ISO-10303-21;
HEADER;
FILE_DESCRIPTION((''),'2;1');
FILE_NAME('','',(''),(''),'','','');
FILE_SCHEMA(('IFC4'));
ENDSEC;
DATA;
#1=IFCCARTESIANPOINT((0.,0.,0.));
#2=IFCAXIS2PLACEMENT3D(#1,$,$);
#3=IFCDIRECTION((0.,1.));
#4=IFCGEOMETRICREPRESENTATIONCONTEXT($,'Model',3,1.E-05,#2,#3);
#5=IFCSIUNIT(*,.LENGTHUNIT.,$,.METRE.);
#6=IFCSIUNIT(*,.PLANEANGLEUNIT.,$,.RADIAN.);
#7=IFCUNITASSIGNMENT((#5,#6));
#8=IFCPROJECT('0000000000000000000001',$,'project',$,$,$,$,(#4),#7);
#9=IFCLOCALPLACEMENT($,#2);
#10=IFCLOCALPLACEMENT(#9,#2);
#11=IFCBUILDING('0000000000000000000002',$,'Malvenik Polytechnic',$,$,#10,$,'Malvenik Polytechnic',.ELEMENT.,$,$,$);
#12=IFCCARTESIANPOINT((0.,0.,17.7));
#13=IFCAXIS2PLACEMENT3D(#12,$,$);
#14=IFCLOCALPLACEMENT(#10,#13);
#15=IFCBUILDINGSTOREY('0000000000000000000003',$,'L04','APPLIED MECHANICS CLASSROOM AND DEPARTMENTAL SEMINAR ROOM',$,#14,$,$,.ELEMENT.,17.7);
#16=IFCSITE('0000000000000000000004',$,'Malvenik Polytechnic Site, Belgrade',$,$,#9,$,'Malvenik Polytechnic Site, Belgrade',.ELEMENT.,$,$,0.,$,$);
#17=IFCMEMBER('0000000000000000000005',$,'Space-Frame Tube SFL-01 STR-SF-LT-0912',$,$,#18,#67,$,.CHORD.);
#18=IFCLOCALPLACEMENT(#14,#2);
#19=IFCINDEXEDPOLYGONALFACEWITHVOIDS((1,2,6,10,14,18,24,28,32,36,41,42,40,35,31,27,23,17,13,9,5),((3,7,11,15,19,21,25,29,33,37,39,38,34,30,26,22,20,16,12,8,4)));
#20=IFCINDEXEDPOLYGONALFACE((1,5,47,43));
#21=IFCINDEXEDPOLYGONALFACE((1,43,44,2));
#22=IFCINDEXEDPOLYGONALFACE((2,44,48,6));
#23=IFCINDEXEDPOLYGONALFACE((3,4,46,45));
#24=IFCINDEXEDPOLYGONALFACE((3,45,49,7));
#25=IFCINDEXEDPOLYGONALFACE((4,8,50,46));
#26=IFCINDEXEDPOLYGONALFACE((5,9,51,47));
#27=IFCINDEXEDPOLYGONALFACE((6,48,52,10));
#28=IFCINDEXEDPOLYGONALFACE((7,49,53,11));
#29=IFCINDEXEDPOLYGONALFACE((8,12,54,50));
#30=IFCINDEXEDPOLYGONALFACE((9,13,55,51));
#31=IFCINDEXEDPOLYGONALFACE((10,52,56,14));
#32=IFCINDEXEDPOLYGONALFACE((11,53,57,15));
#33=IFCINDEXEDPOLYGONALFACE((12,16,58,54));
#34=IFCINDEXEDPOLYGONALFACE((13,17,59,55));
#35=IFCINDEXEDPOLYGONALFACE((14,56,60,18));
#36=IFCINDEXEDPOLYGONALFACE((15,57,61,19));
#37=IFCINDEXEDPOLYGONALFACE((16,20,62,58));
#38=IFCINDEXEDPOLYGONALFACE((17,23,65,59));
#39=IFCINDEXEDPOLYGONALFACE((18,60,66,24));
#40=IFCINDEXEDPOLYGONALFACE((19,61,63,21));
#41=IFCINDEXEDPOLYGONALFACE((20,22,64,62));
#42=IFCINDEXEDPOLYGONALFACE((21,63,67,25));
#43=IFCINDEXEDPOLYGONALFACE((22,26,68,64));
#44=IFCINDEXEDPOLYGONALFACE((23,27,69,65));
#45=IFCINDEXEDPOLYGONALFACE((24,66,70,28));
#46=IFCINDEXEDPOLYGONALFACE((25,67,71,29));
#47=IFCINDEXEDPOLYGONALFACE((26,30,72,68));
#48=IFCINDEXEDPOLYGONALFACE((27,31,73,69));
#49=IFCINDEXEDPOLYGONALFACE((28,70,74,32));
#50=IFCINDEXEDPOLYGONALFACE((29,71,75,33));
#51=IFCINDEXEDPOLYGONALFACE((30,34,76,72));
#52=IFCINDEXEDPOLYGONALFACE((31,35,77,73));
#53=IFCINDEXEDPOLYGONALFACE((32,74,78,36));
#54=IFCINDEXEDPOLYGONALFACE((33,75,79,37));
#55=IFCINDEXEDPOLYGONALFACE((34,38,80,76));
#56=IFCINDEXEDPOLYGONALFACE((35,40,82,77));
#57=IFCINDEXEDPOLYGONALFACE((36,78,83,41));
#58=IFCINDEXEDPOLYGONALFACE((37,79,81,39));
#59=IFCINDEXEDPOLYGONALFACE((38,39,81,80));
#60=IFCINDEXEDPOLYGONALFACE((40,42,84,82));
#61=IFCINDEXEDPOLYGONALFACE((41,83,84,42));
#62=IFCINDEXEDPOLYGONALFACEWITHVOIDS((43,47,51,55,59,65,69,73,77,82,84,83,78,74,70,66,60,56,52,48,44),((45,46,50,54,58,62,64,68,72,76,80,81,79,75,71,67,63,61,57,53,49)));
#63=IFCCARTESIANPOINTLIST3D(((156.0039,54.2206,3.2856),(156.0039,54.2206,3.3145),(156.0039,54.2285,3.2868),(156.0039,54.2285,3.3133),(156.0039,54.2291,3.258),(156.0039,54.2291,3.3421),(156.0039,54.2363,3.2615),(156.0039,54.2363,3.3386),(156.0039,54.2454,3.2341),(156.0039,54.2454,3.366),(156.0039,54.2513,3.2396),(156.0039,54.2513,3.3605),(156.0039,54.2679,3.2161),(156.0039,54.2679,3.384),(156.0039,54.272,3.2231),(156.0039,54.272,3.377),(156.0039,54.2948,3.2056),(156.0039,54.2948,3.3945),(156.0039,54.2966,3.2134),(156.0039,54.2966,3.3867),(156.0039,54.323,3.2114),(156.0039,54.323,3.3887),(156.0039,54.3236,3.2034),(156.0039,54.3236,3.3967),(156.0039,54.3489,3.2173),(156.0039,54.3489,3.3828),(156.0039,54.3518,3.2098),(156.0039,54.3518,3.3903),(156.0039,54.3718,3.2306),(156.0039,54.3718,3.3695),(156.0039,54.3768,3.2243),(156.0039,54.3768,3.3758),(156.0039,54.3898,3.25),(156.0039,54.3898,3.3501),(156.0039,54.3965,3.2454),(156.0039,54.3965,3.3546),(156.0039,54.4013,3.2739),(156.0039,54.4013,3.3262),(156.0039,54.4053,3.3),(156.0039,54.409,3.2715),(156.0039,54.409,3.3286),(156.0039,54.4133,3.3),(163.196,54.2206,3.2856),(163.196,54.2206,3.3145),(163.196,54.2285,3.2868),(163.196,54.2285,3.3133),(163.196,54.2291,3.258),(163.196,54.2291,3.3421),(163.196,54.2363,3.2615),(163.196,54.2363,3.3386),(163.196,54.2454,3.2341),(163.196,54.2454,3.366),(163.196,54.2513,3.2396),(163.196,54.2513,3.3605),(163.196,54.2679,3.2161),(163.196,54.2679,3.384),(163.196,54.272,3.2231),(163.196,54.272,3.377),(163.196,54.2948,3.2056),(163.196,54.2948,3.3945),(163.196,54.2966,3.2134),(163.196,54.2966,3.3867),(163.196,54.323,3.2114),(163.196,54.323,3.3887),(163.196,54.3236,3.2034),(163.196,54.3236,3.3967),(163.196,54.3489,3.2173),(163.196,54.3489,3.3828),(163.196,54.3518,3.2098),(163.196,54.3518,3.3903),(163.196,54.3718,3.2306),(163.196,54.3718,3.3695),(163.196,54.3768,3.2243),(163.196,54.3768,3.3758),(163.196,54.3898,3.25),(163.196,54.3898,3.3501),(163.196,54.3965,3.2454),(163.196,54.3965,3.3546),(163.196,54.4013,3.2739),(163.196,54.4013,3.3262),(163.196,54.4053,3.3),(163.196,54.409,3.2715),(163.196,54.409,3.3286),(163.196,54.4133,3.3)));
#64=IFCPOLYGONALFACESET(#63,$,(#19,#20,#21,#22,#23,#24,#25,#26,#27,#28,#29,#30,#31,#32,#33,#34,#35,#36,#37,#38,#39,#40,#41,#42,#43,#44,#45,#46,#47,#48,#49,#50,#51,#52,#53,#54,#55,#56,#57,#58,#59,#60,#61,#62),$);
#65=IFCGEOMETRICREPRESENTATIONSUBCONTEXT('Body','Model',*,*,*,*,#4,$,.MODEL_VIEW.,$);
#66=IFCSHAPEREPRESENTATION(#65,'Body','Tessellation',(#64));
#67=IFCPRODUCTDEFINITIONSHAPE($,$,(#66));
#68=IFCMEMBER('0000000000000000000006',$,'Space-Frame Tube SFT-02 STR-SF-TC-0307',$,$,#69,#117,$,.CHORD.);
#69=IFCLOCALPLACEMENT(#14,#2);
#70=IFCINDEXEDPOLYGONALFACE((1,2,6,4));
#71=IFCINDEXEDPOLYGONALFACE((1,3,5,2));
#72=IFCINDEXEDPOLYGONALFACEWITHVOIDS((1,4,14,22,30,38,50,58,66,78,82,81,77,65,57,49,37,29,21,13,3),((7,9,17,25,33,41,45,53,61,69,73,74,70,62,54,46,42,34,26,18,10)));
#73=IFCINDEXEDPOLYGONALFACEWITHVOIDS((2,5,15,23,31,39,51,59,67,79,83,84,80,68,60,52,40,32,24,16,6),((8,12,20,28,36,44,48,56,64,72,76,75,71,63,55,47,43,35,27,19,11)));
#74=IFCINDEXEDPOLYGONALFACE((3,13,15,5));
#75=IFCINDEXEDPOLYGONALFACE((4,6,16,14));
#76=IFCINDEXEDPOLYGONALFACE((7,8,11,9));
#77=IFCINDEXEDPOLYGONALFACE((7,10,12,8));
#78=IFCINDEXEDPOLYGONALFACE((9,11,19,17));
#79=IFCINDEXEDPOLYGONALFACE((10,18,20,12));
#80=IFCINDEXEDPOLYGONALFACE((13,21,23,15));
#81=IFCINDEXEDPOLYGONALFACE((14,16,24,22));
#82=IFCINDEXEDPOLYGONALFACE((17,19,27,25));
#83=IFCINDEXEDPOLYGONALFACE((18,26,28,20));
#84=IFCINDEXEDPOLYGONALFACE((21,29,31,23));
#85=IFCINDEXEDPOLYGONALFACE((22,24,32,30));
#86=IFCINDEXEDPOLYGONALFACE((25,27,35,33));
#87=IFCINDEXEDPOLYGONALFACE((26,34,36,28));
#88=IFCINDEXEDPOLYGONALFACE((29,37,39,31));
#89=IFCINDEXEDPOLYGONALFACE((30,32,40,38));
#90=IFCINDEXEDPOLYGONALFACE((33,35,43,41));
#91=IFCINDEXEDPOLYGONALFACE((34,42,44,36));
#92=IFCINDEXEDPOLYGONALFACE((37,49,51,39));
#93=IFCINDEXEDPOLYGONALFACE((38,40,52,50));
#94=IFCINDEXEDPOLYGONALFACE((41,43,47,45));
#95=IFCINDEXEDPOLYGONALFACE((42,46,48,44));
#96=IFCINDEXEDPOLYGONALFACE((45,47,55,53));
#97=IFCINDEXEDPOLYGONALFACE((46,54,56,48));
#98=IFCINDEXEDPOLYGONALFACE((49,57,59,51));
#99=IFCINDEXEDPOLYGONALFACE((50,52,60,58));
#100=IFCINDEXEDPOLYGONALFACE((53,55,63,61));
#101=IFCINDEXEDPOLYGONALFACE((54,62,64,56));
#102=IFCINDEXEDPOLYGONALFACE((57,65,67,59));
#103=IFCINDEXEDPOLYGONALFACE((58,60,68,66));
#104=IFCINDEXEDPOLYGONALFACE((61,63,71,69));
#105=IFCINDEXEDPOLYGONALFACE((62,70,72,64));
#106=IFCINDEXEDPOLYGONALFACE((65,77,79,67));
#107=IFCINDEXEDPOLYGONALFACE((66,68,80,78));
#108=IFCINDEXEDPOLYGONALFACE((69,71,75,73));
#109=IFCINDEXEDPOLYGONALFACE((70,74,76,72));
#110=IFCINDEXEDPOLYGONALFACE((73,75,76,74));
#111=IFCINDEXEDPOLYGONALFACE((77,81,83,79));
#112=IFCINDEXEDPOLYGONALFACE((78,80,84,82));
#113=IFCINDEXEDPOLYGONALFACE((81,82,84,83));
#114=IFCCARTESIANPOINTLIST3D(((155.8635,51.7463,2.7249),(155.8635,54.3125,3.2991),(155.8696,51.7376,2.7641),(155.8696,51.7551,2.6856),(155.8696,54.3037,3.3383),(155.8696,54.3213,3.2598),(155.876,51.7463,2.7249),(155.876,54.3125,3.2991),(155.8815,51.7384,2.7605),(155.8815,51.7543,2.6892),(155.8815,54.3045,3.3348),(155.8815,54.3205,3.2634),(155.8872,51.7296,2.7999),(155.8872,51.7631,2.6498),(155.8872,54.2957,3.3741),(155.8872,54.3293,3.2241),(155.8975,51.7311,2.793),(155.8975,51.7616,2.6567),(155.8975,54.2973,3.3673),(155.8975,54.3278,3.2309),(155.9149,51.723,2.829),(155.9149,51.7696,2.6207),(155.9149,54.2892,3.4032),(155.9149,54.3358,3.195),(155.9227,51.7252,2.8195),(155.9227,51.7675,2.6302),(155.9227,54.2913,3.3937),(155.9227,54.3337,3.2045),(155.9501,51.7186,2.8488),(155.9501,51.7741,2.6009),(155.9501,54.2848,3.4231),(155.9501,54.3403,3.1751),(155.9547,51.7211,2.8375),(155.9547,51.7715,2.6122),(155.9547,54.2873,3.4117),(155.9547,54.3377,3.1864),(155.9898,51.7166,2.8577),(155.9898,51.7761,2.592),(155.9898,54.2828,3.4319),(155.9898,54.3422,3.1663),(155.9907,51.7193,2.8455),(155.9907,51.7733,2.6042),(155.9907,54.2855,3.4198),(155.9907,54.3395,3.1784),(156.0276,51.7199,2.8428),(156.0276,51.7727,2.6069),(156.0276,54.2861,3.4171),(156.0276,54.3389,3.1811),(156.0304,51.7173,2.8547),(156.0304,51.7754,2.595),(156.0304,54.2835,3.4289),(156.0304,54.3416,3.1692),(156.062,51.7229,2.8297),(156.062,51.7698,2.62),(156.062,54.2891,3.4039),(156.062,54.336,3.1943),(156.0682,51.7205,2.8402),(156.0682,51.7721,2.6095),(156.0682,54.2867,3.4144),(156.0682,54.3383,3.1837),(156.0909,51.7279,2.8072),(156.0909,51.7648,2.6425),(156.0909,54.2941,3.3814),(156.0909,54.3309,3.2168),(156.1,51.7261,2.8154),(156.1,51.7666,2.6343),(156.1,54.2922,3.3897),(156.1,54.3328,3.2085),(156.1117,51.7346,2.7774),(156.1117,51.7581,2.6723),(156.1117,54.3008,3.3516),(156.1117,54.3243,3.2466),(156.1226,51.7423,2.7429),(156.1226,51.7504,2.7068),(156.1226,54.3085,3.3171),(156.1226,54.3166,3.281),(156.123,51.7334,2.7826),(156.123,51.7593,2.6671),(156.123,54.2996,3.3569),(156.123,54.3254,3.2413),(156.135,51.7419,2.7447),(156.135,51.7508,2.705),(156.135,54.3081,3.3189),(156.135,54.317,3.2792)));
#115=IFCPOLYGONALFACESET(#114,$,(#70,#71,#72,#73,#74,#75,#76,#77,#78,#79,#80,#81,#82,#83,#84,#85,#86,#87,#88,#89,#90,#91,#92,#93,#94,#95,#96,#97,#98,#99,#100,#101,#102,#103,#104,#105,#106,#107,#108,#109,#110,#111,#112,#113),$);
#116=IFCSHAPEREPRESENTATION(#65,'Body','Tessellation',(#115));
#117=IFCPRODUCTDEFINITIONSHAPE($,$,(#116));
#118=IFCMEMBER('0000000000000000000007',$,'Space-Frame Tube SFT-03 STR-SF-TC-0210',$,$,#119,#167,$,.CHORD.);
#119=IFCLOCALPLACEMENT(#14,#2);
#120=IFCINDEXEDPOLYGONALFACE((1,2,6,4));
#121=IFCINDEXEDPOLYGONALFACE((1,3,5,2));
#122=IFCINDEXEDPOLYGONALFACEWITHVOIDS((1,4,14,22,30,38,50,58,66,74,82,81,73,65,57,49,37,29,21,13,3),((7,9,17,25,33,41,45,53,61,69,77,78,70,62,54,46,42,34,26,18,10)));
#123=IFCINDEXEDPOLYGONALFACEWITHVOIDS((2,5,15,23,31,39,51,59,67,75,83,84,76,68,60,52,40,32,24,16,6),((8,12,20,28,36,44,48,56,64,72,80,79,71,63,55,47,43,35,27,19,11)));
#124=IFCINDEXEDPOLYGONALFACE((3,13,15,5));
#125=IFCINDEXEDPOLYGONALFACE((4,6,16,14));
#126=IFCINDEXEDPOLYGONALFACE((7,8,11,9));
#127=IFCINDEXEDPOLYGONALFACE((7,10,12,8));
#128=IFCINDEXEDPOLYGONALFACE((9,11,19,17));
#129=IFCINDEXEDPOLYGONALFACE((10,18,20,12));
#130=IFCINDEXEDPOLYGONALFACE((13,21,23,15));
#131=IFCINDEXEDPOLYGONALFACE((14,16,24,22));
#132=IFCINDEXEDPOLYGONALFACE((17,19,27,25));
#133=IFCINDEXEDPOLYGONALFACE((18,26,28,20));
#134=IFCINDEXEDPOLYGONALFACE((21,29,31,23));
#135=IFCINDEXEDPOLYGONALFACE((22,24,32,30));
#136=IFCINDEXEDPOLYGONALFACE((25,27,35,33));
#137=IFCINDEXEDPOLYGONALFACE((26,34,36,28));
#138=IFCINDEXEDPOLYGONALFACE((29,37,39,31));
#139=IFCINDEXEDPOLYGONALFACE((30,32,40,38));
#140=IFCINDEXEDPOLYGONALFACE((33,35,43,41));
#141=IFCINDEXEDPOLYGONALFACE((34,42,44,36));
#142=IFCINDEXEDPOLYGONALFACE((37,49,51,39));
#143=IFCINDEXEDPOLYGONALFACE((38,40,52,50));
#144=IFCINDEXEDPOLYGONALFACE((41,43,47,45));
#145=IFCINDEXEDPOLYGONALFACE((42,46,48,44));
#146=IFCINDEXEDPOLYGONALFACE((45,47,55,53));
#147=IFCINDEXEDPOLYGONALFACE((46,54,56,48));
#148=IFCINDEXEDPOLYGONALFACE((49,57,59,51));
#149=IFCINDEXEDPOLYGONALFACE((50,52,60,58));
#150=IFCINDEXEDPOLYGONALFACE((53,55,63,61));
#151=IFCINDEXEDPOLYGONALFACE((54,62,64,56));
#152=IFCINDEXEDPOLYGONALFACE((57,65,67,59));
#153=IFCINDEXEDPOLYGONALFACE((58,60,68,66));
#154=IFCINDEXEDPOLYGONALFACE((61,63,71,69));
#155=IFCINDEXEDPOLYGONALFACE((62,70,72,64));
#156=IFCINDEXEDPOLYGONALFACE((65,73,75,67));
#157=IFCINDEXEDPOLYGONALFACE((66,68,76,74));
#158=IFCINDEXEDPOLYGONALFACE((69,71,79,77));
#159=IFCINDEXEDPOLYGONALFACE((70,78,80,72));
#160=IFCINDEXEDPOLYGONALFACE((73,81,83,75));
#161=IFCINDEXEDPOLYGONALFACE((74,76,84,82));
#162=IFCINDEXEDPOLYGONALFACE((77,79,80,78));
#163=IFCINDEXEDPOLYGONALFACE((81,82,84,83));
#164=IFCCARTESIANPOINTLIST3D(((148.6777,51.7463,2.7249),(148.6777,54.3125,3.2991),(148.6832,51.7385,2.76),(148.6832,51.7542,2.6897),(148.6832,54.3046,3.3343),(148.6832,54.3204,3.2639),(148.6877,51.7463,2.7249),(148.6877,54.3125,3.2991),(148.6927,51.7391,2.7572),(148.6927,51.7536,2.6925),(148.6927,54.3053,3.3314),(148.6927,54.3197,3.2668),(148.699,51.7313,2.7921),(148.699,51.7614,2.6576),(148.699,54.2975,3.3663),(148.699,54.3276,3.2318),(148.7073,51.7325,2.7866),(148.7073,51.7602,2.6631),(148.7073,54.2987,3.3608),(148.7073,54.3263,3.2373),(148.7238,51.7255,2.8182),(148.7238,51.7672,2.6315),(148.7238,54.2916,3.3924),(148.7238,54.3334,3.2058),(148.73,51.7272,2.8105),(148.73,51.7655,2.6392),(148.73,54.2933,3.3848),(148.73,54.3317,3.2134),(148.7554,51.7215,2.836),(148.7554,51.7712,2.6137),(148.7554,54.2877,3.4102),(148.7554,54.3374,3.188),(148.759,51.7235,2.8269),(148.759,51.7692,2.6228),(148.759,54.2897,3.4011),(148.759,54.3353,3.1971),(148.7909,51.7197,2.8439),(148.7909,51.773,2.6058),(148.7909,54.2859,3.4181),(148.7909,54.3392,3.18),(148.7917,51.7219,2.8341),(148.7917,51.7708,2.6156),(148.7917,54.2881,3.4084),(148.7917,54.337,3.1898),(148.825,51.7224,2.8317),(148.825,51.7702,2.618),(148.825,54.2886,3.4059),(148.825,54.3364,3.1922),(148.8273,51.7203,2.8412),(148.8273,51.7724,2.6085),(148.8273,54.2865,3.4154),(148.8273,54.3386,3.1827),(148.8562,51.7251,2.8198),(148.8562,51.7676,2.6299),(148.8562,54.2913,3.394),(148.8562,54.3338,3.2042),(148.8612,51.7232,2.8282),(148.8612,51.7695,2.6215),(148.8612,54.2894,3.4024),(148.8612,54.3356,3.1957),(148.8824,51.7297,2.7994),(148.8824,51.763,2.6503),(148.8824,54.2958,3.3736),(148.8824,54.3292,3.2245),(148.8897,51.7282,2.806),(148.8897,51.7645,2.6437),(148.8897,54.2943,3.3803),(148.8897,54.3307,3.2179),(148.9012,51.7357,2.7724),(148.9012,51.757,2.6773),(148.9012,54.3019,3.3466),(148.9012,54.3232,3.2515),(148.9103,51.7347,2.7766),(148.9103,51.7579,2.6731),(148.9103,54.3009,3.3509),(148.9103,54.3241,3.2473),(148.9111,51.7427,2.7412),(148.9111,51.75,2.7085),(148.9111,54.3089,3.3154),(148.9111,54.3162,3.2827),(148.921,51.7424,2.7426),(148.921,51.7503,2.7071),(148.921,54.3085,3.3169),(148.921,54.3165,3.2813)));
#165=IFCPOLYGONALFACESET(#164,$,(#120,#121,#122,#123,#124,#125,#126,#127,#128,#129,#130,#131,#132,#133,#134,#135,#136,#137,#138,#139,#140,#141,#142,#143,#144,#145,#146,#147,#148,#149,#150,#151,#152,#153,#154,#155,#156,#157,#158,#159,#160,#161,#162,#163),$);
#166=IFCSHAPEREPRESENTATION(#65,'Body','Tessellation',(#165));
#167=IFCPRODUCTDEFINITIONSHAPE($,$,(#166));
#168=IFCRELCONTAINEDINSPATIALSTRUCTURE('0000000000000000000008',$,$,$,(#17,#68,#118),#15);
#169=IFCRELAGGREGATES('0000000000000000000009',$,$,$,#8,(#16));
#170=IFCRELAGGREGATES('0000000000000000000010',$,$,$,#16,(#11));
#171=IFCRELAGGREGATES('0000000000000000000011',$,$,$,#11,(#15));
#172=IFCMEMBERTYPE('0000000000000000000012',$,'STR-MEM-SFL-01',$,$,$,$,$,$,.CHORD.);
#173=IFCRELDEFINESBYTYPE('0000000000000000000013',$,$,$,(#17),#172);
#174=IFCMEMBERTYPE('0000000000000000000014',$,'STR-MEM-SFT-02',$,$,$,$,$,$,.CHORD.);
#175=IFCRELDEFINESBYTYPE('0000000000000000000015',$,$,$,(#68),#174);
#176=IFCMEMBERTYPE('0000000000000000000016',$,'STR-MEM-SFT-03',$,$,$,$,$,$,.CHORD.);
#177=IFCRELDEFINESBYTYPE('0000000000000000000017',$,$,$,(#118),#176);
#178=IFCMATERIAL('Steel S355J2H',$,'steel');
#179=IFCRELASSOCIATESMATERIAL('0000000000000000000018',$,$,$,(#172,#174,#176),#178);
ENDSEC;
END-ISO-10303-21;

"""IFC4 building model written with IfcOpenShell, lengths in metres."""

from ifc_helpers import new_model, si_unit, direction, frame, origin, origin_2d, place, context, subcontext, project, spatial, hollow_circle, extrude, material, material_profile, profile_set, type_object, element, save


model = new_model("IFC4")

# Units and contexts
model_context = context("Model", 3, precision=1e-05, world=origin(), true_north=direction((0.0, 1.0)))
body_context = subcontext(model_context, "Body", "Model", "MODEL_VIEW")
ifc_project = project(units=[si_unit("LENGTHUNIT", "METRE"), si_unit("PLANEANGLEUNIT", "RADIAN")], contexts=[model_context])

# Site, building, storey
site_placement = place(None, origin())
site = spatial("IfcSite", under=ifc_project, at=site_placement, Name="Malvenik Polytechnic Site, Belgrade", LongName="Malvenik Polytechnic Site, Belgrade", CompositionType="ELEMENT", RefElevation=0.0)
building_placement = place(site_placement, origin())
building = spatial("IfcBuilding", under=site, at=building_placement, Name="Malvenik Polytechnic", LongName="Malvenik Polytechnic", CompositionType="ELEMENT")
storey_placement = place(building_placement, frame((0.0, 0.0, 17.7)))
storey = spatial("IfcBuildingStorey", under=building, at=storey_placement, Name="L04", Description="APPLIED MECHANICS CLASSROOM AND DEPARTMENTAL SEMINAR ROOM", CompositionType="ELEMENT", Elevation=17.7)

# Members
ifc_material = material(Name="Steel S355J2H", Category="steel")
ifc_material_profile_1 = material_profile(ifc_material, hollow_circle(Radius=0.0969, WallThickness=0.0081, at=origin_2d()), Name="CHS 193.7x8.0")
ifc_profile_set_1 = profile_set([ifc_material_profile_1], Name="Steel S355J2H")
member_type_1 = type_object("IfcMemberType", Name="STR-MEM-SFL-01", PredefinedType="CHORD", material=ifc_profile_set_1)
for number, where, z_axis, x_axis, name in (
    (1, (156.0039, 54.3164, 3.3), (1.0, 0.0, 0.0), (0.0, 1.0, 0.0), "Space-Frame Tube SFL-01 STR-SF-LT-0912"),
):
    element("IfcMember", number, at=place(storey_placement, frame(where, z_axis=z_axis, x_axis=x_axis)), inside=storey, type_object=member_type_1, Name=name, PredefinedType="CHORD", context=body_context, shape_type="SweptSolid", body=[
        extrude(hollow_circle(Radius=0.0969, WallThickness=0.0081, at=origin_2d()), origin(), (0.0, 0.0, 1.0), 7.1921),
    ])
ifc_material_profile_2 = material_profile(ifc_material, hollow_circle(Radius=0.1365, WallThickness=0.0125, at=origin_2d()), Name="CHS 273.0x12.5")
ifc_profile_set_2 = profile_set([ifc_material_profile_2], Name="Steel S355J2H")
member_type_2 = type_object("IfcMemberType", Name="STR-MEM-SFT-02", PredefinedType="CHORD", material=ifc_profile_set_2)
member_1_placement = place(storey_placement, frame((156.0, 51.7463, 2.7249), z_axis=(0.0, 0.975867, 0.218365), x_axis=(-1.0, 0.0, 0.0)))
element("IfcMember", 2, at=member_1_placement, inside=storey, type_object=member_type_2, Name="Space-Frame Tube SFT-02 STR-SF-TC-0307", PredefinedType="CHORD", context=body_context, shape_type="SweptSolid", body=[
    extrude(hollow_circle(Radius=0.1365, WallThickness=0.0125, at=origin_2d()), origin(), (0.0, 0.0, 1.0), 2.6296),
])
ifc_material_profile_3 = material_profile(ifc_material, hollow_circle(Radius=0.1223, WallThickness=0.01, at=origin_2d()), Name="CHS 244.5x10.0")
ifc_profile_set_3 = profile_set([ifc_material_profile_3], Name="Steel S355J2H")
member_type_3 = type_object("IfcMemberType", Name="STR-MEM-SFT-03", PredefinedType="CHORD", material=ifc_profile_set_3)
member_2_placement = place(storey_placement, frame((148.8, 51.7463, 2.7249), z_axis=(0.0, 0.975867, 0.218365), x_axis=(-1.0, 0.0, 0.0)))
element("IfcMember", 3, at=member_2_placement, inside=storey, type_object=member_type_3, Name="Space-Frame Tube SFT-03 STR-SF-TC-0210", PredefinedType="CHORD", context=body_context, shape_type="SweptSolid", body=[
    extrude(hollow_circle(Radius=0.1223, WallThickness=0.01, at=origin_2d()), origin(), (0.0, 0.0, 1.0), 2.6296),
])

save(model, "model.ifc")
